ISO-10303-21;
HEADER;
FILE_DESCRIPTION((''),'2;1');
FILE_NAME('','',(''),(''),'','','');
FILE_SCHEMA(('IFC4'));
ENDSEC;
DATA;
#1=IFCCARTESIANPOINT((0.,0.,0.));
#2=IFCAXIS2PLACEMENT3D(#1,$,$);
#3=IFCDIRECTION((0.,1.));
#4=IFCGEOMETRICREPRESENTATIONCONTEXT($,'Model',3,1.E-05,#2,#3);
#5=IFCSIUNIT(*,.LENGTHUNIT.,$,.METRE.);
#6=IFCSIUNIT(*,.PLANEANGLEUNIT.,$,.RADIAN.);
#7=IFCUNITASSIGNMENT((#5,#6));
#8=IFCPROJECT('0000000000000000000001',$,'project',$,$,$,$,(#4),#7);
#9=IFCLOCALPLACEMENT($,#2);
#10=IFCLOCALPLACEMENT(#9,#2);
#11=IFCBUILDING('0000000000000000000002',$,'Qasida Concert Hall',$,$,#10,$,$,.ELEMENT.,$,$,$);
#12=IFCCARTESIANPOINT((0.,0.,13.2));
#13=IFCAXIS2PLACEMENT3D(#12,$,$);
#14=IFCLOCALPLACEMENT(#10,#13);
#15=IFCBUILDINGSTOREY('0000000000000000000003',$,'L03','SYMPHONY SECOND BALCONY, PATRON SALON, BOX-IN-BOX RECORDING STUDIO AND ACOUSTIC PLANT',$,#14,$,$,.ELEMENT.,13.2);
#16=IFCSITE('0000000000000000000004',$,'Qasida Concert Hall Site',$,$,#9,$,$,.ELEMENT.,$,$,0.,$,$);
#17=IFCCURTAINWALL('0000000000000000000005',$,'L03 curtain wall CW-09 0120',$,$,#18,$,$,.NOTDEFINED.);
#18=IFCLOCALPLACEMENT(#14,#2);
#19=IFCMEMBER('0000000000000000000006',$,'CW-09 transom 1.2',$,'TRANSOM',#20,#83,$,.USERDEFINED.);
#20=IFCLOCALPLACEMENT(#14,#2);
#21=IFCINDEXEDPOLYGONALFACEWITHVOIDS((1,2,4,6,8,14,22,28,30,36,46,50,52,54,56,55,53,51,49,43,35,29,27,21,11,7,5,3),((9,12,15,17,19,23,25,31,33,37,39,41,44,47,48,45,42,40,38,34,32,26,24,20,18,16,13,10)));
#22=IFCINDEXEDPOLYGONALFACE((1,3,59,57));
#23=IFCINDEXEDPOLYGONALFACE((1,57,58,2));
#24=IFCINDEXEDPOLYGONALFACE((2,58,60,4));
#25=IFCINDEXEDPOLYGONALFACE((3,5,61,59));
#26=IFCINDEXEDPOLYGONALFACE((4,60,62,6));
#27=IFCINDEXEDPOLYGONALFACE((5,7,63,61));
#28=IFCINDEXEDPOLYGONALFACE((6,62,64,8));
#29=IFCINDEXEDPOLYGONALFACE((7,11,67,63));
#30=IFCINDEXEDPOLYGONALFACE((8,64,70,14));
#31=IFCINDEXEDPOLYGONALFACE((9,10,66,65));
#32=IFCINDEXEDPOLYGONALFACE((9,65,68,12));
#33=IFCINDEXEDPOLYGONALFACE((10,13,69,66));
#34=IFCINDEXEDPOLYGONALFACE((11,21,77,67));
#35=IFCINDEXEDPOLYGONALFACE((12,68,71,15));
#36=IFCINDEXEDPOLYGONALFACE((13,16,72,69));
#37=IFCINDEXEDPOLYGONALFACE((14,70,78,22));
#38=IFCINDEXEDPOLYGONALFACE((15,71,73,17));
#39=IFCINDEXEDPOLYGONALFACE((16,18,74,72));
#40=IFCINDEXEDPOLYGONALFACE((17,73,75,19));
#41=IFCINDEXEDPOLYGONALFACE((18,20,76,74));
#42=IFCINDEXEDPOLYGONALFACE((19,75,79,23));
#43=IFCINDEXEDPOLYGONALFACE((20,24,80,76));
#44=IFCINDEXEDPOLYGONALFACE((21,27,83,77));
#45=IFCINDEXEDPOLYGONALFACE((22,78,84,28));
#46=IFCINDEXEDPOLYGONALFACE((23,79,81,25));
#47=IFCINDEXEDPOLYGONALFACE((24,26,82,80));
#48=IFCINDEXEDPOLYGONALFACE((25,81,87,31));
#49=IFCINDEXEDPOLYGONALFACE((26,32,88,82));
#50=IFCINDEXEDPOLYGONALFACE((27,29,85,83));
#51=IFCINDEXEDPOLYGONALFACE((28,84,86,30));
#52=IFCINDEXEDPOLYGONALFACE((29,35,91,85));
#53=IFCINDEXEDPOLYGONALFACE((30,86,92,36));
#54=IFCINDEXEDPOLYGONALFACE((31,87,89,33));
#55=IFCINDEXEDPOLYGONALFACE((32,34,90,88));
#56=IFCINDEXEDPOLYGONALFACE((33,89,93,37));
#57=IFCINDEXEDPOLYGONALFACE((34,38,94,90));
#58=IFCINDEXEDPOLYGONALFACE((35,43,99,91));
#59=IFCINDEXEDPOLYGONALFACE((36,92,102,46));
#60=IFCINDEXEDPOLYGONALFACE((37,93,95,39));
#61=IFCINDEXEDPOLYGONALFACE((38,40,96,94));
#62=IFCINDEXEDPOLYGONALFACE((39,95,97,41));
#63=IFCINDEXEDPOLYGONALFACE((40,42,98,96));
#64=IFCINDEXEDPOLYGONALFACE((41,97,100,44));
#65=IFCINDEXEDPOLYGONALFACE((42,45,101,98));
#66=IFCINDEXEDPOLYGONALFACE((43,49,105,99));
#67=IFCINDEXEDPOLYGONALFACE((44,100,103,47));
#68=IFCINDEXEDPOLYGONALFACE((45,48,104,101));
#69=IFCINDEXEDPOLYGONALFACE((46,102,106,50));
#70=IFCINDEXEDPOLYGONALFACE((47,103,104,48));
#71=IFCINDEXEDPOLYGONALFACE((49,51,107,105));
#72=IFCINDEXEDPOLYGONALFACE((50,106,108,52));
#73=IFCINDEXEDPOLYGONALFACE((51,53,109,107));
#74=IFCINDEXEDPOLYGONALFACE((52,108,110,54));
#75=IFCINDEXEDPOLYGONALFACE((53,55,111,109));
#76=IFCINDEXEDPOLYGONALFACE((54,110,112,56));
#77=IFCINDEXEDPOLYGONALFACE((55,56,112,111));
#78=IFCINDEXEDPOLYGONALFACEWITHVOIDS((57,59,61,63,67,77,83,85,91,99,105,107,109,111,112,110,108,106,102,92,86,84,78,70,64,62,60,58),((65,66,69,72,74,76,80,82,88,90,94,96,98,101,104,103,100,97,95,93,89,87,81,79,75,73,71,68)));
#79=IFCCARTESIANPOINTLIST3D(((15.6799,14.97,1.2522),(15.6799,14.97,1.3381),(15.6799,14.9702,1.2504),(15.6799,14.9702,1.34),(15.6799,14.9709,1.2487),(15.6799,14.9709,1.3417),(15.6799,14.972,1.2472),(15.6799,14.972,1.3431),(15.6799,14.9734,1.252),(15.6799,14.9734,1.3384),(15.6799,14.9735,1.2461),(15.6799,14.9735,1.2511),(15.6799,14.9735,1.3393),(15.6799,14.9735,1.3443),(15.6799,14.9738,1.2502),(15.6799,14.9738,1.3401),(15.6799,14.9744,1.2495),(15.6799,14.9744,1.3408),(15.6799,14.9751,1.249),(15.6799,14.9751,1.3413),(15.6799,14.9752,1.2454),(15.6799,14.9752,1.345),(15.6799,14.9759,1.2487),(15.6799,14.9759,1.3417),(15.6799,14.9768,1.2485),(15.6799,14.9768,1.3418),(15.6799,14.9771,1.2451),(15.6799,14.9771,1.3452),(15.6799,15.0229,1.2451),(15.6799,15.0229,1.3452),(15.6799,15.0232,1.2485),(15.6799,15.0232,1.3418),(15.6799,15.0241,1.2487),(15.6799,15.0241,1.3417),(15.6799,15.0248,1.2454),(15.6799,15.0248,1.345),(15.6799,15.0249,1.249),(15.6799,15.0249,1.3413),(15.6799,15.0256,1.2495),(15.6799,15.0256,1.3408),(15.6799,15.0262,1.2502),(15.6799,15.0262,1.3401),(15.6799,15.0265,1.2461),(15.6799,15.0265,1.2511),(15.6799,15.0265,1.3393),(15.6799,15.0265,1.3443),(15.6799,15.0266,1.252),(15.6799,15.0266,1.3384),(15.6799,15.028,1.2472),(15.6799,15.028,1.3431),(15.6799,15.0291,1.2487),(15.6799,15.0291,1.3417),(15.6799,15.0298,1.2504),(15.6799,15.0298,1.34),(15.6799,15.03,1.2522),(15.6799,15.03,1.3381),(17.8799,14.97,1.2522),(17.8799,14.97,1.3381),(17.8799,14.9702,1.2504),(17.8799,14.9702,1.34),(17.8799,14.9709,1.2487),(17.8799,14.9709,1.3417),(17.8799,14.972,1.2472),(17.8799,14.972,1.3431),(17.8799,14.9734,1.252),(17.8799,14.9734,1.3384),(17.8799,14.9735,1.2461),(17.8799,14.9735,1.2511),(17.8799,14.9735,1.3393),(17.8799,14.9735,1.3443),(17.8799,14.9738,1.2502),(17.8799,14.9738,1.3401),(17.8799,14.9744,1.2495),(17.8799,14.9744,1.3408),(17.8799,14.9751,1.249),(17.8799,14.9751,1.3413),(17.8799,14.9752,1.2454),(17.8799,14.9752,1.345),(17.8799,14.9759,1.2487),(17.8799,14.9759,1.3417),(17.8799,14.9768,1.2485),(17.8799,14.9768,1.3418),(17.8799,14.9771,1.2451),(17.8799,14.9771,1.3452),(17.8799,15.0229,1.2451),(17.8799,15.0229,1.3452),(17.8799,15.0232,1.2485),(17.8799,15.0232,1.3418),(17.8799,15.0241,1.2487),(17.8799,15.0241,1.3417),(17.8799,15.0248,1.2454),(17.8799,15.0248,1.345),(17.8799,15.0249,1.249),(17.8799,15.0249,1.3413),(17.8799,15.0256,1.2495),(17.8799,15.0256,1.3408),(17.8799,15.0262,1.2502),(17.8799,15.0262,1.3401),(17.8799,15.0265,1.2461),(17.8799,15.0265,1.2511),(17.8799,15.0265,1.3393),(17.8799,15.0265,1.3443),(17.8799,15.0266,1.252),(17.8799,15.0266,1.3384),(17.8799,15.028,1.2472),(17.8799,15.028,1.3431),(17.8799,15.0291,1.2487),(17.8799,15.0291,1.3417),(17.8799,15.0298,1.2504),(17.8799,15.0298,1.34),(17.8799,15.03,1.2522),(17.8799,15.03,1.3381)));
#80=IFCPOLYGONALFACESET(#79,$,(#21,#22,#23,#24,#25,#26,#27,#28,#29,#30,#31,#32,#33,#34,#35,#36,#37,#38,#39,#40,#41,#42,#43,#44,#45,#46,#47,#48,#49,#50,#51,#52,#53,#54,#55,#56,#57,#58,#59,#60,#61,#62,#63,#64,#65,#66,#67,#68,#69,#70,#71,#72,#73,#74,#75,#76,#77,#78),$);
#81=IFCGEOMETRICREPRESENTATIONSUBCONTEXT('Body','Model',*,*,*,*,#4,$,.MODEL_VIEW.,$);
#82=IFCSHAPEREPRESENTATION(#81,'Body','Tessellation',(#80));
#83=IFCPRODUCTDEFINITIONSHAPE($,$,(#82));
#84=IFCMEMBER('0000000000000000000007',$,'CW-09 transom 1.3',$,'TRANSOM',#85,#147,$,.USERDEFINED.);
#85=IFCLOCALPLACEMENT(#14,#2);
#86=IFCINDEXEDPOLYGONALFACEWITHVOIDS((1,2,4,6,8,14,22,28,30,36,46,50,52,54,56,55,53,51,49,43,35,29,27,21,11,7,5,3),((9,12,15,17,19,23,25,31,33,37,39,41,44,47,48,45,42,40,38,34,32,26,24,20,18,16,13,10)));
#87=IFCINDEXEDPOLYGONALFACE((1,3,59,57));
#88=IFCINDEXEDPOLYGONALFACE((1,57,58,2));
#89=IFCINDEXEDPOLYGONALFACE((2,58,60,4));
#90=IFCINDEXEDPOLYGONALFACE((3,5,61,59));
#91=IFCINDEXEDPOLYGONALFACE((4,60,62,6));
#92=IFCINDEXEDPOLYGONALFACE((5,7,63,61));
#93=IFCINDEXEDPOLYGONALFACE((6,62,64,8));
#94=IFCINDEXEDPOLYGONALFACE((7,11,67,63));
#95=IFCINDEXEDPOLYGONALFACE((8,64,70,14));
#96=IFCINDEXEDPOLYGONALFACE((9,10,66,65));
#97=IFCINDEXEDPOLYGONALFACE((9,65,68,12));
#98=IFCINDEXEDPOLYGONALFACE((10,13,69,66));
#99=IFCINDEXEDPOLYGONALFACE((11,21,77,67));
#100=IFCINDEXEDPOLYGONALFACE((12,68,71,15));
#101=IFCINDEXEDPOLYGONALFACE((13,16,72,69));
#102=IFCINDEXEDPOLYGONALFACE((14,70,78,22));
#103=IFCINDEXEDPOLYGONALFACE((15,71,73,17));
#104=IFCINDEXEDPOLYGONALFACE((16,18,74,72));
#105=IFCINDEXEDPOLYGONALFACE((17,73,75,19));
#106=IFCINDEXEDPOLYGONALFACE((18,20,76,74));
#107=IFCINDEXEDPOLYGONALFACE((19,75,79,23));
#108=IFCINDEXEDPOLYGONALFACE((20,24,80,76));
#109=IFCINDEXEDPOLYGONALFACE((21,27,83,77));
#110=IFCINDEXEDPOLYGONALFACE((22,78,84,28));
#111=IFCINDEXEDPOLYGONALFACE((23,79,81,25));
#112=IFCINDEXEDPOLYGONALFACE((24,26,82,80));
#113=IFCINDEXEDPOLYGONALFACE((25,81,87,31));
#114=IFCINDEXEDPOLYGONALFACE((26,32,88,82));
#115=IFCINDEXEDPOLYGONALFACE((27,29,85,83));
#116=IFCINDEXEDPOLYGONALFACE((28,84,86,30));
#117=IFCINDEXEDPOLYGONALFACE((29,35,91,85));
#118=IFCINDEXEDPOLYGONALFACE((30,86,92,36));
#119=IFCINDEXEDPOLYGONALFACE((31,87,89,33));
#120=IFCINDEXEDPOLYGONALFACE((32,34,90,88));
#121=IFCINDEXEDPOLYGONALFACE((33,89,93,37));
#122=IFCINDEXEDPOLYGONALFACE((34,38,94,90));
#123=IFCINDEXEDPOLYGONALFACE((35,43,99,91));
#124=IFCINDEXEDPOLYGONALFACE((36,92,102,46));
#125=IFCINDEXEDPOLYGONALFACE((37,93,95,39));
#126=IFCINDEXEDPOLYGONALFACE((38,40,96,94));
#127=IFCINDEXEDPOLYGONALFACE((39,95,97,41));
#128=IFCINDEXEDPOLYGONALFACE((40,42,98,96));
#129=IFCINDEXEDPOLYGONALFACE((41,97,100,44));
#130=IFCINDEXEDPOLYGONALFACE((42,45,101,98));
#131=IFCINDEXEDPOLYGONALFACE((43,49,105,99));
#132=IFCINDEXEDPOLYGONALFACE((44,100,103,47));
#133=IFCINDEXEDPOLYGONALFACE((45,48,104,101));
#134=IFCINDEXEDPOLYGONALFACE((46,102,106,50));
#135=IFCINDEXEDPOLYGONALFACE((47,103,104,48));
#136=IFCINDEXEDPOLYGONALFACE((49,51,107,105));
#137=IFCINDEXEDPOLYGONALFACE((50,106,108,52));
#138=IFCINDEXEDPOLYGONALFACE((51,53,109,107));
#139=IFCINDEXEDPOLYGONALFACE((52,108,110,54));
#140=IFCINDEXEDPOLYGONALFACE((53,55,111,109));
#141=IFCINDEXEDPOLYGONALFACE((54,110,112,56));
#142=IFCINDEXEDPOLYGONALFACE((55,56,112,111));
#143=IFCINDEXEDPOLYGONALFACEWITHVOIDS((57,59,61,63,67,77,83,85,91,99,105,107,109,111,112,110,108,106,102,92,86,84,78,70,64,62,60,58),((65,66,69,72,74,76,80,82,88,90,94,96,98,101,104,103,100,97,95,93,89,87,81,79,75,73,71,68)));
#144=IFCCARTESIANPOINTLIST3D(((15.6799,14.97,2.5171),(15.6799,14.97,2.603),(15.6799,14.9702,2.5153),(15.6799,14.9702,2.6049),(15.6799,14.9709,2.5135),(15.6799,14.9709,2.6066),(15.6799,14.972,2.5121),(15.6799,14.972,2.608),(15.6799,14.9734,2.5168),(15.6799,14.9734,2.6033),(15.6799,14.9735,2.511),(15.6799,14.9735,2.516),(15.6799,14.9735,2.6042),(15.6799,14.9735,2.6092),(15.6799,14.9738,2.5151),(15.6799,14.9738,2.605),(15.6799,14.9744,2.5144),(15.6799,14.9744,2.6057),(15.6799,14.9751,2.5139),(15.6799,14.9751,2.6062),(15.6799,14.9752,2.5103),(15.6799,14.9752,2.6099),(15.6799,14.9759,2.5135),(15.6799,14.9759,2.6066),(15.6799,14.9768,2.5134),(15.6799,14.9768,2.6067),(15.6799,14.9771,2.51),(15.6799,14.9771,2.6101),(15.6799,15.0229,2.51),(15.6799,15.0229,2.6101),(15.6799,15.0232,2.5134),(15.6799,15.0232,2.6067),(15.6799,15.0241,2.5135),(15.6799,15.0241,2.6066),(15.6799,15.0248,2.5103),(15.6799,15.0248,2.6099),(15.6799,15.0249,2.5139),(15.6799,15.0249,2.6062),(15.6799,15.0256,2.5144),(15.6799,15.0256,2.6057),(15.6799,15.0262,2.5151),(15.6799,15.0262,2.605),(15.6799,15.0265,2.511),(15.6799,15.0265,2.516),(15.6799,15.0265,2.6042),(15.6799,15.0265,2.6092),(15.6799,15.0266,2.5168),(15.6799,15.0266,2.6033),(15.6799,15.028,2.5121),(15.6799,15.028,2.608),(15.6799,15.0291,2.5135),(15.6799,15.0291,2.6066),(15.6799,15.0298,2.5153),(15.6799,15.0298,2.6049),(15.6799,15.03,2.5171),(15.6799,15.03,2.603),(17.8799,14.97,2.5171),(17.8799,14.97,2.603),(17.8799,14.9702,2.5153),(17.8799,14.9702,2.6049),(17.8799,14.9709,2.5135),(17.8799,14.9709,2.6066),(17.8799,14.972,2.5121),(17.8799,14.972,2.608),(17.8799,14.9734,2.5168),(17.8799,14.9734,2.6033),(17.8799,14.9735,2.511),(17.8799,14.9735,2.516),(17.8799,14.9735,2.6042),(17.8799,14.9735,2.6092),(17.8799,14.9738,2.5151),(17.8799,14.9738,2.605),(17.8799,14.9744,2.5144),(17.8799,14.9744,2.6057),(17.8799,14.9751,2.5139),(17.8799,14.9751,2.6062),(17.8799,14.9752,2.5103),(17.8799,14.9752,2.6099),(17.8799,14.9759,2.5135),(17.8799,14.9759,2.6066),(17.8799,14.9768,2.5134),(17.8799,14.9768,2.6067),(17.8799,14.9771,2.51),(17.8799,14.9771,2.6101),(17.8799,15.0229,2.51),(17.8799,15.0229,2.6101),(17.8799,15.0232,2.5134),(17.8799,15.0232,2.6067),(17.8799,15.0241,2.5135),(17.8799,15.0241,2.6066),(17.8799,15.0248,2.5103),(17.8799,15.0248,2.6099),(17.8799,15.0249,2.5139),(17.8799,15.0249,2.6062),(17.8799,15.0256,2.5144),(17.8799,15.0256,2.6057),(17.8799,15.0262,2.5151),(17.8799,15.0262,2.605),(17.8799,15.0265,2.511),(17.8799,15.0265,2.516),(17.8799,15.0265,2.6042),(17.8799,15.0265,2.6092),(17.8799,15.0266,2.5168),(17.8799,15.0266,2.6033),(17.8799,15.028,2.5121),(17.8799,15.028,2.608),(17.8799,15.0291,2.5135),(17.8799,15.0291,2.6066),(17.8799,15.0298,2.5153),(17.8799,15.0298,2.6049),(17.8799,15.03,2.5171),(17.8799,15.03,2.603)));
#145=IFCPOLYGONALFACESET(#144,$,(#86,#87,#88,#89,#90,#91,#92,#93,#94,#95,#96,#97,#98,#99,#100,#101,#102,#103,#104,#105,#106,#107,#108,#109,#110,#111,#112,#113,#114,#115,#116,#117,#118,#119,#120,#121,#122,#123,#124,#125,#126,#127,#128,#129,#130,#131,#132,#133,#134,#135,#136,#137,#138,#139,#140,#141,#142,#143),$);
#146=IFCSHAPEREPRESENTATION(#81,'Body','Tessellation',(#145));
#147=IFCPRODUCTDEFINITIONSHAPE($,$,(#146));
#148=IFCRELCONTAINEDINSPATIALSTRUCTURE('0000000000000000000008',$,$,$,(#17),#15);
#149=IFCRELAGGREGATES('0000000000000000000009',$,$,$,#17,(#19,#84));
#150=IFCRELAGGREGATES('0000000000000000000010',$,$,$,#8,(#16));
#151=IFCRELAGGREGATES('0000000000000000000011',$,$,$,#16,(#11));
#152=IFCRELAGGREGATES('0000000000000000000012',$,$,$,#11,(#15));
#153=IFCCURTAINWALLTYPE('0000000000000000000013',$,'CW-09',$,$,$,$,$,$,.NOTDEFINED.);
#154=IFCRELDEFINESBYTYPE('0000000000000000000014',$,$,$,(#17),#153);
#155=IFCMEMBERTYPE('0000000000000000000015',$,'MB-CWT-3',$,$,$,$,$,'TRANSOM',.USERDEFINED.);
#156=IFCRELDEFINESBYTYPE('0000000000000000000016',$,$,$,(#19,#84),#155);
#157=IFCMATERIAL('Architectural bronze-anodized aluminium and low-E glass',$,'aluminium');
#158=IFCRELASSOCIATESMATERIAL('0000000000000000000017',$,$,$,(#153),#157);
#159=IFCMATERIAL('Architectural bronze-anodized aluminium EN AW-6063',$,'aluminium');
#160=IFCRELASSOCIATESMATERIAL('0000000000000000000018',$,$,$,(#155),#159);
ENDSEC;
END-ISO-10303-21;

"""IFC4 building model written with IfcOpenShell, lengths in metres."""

from ifc_helpers import new_model, si_unit, direction, frame, origin, origin_2d, place, context, subcontext, project, spatial, hollow_rectangle, extrude, material, material_profile, profile_set, type_object, element, aggregate, save


model = new_model("IFC4")

# Units and contexts
model_context = context("Model", 3, precision=1e-05, world=origin(), true_north=direction((0.0, 1.0)))
body_context = subcontext(model_context, "Body", "Model", "MODEL_VIEW")
ifc_project = project(units=[si_unit("LENGTHUNIT", "METRE"), si_unit("PLANEANGLEUNIT", "RADIAN")], contexts=[model_context])

# Site, building, storey
site_placement = place(None, origin())
site = spatial("IfcSite", under=ifc_project, at=site_placement, Name="Qasida Concert Hall Site", CompositionType="ELEMENT", RefElevation=0.0)
building_placement = place(site_placement, origin())
building = spatial("IfcBuilding", under=site, at=building_placement, Name="Qasida Concert Hall", CompositionType="ELEMENT")
storey_placement = place(building_placement, frame((0.0, 0.0, 13.2)))
storey = spatial("IfcBuildingStorey", under=building, at=storey_placement, Name="L03", Description="SYMPHONY SECOND BALCONY, PATRON SALON, BOX-IN-BOX RECORDING STUDIO AND ACOUSTIC PLANT", CompositionType="ELEMENT", Elevation=13.2)

# Curtain wall
ifc_material_1 = material(Name="Architectural bronze-anodized aluminium and low-E glass", Category="aluminium")
curtain_wall_type = type_object("IfcCurtainWallType", Name="CW-09", PredefinedType="NOTDEFINED", material=ifc_material_1)
curtain_wall_1_placement = place(storey_placement, origin())
curtain_wall_1 = element("IfcCurtainWall", 1, at=curtain_wall_1_placement, inside=storey, type_object=curtain_wall_type, Name="L03 curtain wall CW-09 0120", PredefinedType="NOTDEFINED")
ifc_material_2 = material(Name="Architectural bronze-anodized aluminium EN AW-6063", Category="aluminium")

# Members
ifc_material_profile_1 = material_profile(ifc_material_2, hollow_rectangle(XDim=0.0601, YDim=0.1001, WallThickness=0.0034, InnerFilletRadius=0.0034, OuterFilletRadius=0.0071, at=origin_2d()), Name="CWT 100x60x3.5")
ifc_profile_set_1 = profile_set([ifc_material_profile_1], Name="Architectural bronze-anodized aluminium EN AW-6063")
member_type_1 = type_object("IfcMemberType", Name="MB-CWT-3", ElementType="TRANSOM", PredefinedType="USERDEFINED", material=ifc_profile_set_1)
member_1_placement = place(storey_placement, frame((15.6799, 15.0, 1.2952), z_axis=(1.0, 0.0, 0.0), x_axis=(0.0, 1.0, 0.0)))
member_1 = element("IfcMember", 2, at=member_1_placement, type_object=member_type_1, Name="CW-09 transom 1.2", ObjectType="TRANSOM", PredefinedType="USERDEFINED", context=body_context, shape_type="SweptSolid", body=[
    extrude(hollow_rectangle(XDim=0.0601, YDim=0.1001, WallThickness=0.0034, InnerFilletRadius=0.0034, OuterFilletRadius=0.0071, at=origin_2d()), origin(), (0.0, 0.0, 1.0), 2.2),
])
member_2_placement = place(storey_placement, frame((15.6799, 15.0, 2.5601), z_axis=(1.0, 0.0, 0.0), x_axis=(0.0, 1.0, 0.0)))
member_2 = element("IfcMember", 3, at=member_2_placement, type_object=member_type_1, Name="CW-09 transom 1.3", ObjectType="TRANSOM", PredefinedType="USERDEFINED", context=body_context, shape_type="SweptSolid", body=[
    extrude(hollow_rectangle(XDim=0.0601, YDim=0.1001, WallThickness=0.0034, InnerFilletRadius=0.0034, OuterFilletRadius=0.0071, at=origin_2d()), origin(), (0.0, 0.0, 1.0), 2.2),
])

aggregate(curtain_wall_1, [member_1, member_2])

save(model, "model.ifc")
